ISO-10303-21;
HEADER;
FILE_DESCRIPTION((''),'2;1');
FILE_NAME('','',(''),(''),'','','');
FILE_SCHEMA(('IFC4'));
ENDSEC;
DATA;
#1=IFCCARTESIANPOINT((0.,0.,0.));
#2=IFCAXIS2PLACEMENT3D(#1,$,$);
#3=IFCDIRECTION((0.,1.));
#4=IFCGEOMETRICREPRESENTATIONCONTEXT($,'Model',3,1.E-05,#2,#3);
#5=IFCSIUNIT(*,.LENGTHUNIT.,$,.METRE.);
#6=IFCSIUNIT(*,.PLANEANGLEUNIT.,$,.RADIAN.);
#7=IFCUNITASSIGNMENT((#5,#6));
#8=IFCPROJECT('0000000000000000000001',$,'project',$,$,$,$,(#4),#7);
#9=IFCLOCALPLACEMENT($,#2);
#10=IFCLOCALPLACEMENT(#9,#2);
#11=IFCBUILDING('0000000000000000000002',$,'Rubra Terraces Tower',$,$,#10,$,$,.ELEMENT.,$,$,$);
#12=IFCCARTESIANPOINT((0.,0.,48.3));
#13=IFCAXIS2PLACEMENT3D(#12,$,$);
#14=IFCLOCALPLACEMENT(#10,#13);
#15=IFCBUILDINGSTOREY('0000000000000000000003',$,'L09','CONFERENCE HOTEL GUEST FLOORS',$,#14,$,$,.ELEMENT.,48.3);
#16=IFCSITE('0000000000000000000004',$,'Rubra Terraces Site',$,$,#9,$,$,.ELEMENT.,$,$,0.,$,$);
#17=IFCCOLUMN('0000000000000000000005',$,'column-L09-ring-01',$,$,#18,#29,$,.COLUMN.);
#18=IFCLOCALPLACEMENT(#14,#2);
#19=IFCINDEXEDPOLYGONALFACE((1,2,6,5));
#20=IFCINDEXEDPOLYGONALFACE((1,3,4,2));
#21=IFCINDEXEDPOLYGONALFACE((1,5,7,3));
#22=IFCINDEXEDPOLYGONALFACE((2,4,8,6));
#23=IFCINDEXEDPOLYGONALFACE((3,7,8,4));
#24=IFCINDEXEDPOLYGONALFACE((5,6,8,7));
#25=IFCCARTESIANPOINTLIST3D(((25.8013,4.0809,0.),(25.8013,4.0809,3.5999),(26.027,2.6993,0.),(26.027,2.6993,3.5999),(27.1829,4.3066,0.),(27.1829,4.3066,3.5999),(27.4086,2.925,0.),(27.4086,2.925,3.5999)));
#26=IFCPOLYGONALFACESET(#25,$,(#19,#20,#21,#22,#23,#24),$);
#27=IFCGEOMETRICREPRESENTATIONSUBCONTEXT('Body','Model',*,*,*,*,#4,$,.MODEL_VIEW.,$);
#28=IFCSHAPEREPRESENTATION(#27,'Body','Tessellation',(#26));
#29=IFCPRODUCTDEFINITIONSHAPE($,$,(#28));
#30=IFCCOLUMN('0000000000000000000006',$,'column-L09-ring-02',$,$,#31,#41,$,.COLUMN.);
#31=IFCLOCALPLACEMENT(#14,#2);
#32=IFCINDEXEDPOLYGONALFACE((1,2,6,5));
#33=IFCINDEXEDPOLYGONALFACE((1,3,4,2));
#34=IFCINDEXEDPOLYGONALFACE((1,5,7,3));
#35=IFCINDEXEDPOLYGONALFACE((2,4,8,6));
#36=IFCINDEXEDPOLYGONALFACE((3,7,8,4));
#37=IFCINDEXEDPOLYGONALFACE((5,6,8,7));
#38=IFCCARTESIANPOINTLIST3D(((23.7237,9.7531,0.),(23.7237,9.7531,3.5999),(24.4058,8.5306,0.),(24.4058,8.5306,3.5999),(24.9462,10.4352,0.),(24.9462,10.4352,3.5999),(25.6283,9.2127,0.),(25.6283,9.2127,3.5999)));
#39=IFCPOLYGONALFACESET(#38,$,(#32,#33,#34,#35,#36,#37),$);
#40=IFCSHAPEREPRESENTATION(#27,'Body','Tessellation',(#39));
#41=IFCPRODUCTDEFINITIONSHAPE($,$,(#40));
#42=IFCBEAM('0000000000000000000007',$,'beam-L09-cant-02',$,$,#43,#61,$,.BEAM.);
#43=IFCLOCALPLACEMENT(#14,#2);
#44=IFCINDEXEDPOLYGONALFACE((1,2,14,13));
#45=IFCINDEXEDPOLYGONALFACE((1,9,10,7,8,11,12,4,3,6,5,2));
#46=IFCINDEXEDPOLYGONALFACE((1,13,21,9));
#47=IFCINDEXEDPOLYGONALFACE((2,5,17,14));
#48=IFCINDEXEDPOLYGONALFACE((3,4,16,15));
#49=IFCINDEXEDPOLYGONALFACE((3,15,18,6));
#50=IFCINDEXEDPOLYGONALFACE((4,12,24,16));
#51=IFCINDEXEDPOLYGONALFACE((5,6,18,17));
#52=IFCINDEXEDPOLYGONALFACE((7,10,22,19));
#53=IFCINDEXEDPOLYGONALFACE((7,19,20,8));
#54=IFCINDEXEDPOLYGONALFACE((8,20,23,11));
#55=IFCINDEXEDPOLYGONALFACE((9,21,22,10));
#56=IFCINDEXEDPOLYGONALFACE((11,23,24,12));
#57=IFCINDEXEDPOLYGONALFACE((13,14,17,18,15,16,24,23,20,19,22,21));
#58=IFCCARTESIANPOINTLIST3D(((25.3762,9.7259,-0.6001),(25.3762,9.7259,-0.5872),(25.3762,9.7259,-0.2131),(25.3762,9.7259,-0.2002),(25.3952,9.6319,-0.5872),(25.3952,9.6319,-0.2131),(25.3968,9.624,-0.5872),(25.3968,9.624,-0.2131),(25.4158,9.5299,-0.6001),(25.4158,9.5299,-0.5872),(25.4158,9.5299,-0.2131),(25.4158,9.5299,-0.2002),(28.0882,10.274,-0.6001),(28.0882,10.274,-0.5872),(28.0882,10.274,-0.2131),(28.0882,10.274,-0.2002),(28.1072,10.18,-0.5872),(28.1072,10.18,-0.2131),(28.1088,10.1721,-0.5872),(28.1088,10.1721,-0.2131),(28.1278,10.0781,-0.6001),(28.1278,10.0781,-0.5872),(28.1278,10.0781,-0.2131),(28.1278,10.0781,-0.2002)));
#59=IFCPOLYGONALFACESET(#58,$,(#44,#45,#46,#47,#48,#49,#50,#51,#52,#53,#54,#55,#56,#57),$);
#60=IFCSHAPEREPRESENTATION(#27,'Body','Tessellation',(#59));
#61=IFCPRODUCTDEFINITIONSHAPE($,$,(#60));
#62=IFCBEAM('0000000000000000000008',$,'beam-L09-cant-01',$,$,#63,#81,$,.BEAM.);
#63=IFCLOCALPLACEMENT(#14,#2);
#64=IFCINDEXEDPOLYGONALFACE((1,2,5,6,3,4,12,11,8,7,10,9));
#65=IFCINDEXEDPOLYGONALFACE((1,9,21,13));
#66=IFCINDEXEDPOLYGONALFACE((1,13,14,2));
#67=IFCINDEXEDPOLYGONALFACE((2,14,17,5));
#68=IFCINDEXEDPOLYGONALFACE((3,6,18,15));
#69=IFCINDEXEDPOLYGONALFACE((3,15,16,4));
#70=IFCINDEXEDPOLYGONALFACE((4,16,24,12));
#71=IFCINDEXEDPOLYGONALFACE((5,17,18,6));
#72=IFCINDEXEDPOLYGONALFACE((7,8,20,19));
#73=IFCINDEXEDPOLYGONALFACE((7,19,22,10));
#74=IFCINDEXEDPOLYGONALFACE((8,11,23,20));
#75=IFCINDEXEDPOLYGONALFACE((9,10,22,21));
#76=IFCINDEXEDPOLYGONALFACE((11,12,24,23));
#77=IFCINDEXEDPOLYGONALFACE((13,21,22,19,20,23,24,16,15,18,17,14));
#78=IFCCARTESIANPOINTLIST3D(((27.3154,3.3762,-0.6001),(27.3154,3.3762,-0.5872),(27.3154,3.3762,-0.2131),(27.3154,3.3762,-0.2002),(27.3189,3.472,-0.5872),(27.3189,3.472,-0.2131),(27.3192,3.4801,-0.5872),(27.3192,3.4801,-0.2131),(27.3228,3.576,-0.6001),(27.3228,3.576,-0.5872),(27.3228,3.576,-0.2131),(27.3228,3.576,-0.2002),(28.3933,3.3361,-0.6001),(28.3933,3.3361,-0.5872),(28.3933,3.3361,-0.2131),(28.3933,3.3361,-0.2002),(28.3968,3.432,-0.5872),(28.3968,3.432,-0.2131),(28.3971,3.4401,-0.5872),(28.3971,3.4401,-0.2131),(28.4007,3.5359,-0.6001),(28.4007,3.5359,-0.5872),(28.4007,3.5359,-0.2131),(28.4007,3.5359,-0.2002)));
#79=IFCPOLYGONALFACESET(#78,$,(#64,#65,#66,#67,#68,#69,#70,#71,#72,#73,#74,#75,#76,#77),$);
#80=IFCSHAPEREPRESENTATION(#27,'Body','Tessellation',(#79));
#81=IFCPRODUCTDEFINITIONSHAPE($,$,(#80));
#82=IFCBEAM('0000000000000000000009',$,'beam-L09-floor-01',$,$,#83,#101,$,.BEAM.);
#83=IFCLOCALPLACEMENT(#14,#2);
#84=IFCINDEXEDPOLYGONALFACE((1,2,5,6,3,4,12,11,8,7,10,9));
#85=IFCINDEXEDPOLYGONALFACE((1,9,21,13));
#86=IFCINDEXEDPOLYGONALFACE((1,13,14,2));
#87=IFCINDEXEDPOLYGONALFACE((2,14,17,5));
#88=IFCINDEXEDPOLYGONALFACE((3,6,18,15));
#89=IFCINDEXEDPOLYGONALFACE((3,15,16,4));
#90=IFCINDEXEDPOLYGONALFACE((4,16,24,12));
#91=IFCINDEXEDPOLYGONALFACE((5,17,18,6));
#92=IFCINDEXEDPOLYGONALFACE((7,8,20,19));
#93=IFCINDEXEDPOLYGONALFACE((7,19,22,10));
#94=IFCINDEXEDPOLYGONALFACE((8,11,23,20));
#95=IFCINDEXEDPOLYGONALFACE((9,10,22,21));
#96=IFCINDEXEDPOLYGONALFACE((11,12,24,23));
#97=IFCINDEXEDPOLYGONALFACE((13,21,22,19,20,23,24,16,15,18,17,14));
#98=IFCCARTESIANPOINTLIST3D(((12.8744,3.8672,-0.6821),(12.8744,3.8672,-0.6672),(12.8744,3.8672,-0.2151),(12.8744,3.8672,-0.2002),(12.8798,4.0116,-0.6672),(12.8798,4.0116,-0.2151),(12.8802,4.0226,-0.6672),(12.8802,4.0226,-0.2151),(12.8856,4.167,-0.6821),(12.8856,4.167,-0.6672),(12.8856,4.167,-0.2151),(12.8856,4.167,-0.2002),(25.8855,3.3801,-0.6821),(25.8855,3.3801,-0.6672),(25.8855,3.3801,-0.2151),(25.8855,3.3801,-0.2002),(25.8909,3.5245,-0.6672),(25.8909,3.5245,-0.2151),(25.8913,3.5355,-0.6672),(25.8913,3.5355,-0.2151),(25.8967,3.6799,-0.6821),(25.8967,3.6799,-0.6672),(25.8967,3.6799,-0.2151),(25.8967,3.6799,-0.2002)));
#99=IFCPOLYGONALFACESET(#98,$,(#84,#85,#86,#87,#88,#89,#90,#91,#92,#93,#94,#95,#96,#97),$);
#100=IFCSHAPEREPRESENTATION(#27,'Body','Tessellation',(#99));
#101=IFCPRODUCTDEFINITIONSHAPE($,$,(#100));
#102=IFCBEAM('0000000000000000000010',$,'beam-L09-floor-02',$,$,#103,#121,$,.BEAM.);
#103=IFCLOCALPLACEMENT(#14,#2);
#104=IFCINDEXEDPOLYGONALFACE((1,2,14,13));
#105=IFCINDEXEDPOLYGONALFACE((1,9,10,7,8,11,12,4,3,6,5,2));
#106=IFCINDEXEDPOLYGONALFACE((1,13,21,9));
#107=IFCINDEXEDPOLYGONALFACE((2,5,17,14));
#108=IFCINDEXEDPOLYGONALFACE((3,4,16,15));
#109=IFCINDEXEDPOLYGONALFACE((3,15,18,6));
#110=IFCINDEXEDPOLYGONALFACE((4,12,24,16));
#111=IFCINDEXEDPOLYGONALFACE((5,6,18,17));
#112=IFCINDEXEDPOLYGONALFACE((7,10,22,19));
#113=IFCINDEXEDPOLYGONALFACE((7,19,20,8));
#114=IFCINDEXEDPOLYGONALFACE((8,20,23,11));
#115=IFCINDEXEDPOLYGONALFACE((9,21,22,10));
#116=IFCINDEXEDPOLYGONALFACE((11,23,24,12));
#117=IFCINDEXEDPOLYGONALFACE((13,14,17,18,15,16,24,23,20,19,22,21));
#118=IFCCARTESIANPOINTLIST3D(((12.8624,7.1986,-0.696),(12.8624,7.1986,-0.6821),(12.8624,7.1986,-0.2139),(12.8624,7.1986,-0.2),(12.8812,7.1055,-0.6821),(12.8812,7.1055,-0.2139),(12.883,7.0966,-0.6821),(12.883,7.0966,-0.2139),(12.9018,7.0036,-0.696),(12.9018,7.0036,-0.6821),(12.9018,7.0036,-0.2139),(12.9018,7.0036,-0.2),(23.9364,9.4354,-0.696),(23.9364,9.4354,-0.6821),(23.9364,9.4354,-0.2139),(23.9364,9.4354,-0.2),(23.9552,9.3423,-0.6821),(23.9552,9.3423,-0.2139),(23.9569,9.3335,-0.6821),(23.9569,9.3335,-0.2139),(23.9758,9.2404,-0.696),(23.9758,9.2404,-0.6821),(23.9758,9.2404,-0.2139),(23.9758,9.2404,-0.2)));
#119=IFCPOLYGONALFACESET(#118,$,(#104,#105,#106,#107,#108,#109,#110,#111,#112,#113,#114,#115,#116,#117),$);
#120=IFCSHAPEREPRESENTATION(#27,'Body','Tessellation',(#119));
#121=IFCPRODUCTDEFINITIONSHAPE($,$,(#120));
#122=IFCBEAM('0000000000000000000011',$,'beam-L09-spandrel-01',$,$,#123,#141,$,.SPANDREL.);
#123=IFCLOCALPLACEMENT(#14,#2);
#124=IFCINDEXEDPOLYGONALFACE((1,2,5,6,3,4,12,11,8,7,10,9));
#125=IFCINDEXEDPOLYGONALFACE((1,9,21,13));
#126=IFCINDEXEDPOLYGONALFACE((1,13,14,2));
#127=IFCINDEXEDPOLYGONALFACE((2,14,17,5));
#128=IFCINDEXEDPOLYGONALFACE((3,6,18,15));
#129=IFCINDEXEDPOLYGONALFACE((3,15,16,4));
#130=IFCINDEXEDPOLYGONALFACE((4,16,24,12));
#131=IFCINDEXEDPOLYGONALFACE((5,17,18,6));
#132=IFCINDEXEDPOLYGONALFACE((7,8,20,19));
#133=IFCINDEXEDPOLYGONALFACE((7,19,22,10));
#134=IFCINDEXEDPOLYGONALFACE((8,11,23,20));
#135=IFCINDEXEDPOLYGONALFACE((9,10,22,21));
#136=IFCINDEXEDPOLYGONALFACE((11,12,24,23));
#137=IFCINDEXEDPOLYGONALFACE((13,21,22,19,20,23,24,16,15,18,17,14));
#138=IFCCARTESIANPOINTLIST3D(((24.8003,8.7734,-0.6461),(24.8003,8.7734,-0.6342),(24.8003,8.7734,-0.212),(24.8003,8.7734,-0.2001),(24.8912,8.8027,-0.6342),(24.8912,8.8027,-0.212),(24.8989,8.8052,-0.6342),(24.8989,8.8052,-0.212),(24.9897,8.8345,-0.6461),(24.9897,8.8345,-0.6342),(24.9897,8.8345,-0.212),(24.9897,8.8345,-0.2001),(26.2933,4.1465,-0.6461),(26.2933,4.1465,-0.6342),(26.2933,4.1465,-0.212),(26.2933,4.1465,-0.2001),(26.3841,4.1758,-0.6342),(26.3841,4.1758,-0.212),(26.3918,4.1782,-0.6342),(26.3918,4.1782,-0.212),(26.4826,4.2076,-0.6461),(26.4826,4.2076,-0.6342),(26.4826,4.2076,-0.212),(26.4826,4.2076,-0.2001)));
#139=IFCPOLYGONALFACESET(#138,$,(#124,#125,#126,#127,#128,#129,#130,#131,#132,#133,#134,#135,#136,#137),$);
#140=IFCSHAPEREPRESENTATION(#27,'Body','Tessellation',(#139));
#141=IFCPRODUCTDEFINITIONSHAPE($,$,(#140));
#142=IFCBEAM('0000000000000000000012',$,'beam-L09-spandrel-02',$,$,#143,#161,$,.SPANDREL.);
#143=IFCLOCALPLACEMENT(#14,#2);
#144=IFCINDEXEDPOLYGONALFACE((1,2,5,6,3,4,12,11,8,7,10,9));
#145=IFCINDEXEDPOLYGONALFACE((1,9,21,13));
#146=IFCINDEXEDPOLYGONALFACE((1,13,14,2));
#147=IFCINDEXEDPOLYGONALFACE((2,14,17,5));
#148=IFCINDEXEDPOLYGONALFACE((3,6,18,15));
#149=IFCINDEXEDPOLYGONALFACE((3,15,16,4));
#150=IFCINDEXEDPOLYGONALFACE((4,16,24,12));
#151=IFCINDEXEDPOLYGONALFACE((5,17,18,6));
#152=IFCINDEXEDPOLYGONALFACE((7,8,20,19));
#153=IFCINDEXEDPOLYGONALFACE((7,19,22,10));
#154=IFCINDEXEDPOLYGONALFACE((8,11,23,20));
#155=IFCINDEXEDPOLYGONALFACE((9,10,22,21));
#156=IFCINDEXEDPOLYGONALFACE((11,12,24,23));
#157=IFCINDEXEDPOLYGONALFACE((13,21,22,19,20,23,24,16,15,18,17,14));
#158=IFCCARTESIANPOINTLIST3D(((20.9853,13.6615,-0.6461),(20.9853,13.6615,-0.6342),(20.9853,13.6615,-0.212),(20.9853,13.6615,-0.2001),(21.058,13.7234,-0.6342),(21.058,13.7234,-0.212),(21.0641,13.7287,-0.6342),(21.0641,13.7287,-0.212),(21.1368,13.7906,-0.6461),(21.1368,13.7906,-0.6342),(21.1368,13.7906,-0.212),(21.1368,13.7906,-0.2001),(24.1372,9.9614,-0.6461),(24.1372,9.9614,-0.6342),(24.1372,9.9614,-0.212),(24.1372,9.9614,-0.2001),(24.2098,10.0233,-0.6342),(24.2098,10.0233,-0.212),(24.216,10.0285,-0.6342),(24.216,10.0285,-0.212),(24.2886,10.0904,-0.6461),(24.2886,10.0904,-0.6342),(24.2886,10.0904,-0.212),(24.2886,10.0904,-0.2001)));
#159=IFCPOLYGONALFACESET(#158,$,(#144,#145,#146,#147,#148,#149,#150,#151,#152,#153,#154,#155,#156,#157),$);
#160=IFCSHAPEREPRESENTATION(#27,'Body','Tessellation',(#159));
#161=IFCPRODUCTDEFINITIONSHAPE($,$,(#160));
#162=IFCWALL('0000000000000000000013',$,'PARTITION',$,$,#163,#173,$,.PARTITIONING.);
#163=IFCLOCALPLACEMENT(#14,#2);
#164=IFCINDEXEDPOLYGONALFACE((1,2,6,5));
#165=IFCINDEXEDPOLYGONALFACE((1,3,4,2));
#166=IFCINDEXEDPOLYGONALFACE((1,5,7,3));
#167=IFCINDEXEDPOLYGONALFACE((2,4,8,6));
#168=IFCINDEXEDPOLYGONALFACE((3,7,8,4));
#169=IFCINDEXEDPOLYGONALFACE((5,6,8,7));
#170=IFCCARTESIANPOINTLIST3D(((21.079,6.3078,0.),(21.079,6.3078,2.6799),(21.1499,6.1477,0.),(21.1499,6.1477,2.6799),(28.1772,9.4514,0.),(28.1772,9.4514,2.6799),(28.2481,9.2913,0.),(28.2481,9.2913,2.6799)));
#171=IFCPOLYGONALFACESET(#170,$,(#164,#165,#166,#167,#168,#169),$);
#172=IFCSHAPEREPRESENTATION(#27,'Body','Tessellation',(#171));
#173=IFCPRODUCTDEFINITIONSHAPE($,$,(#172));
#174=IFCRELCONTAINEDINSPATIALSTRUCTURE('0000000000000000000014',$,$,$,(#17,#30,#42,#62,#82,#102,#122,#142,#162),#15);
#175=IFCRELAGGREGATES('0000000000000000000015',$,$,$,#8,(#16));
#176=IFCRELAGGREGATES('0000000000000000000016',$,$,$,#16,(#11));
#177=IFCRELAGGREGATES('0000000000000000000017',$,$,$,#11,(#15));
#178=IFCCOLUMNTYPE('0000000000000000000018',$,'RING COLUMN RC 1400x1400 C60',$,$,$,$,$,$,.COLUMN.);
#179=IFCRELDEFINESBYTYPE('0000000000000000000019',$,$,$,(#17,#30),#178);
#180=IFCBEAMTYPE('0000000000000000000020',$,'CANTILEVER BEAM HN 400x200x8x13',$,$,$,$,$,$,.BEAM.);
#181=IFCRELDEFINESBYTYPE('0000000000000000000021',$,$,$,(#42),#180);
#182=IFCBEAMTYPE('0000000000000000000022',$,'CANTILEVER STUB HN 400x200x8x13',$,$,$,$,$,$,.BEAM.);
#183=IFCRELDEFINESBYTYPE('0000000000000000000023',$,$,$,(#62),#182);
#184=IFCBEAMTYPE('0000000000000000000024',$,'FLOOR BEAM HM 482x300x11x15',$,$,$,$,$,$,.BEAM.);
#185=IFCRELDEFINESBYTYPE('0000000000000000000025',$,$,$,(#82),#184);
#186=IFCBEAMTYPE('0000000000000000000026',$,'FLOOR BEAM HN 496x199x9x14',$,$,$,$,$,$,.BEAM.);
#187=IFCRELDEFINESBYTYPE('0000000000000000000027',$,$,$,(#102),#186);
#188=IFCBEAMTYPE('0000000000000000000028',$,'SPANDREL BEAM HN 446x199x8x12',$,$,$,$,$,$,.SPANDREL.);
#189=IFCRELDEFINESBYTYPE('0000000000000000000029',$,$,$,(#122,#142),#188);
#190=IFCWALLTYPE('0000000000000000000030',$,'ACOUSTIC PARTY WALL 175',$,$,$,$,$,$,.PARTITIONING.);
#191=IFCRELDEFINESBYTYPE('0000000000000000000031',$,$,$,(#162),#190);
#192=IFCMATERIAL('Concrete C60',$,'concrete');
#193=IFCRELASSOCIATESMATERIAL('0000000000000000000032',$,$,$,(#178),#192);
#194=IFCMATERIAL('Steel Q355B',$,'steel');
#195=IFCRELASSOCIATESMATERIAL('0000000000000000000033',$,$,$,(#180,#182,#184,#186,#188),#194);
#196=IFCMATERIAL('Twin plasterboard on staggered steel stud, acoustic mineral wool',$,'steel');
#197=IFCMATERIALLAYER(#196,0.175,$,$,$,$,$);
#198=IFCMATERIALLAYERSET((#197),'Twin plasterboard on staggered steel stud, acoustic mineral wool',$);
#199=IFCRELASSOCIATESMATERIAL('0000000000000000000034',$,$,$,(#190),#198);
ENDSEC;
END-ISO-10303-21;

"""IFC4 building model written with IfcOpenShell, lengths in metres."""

from ifc_helpers import new_model, si_unit, direction, frame, frame_2d, origin, origin_2d, place, context, subcontext, project, spatial, rectangle, i_section, extrude, material, layer, layer_set, material_profile, profile_set, type_object, element, save


model = new_model("IFC4")

# Units and contexts
model_context = context("Model", 3, precision=1e-05, world=origin(), true_north=direction((0.0, 1.0)))
body_context = subcontext(model_context, "Body", "Model", "MODEL_VIEW")
ifc_project = project(units=[si_unit("LENGTHUNIT", "METRE"), si_unit("PLANEANGLEUNIT", "RADIAN")], contexts=[model_context])

# Site, building, storey
site_placement = place(None, origin())
site = spatial("IfcSite", under=ifc_project, at=site_placement, Name="Rubra Terraces Site", CompositionType="ELEMENT", RefElevation=0.0)
building_placement = place(site_placement, origin())
building = spatial("IfcBuilding", under=site, at=building_placement, Name="Rubra Terraces Tower", CompositionType="ELEMENT")
storey_placement = place(building_placement, frame((0.0, 0.0, 48.3)))
storey = spatial("IfcBuildingStorey", under=building, at=storey_placement, Name="L09", Description="CONFERENCE HOTEL GUEST FLOORS", CompositionType="ELEMENT", Elevation=48.3)

# Columns
ifc_material_1 = material(Name="Concrete C60", Category="concrete")
ifc_material_profile_1 = material_profile(ifc_material_1, rectangle(XDim=1.3999, YDim=1.3999, at=origin_2d()), Name="RC 1400x1400")
ifc_profile_set_1 = profile_set([ifc_material_profile_1], Name="Concrete C60")
column_type = type_object("IfcColumnType", Name="RING COLUMN RC 1400x1400 C60", PredefinedType="COLUMN", material=ifc_profile_set_1)
for number, where, z_axis, x_axis, name in (
    (1, (26.605, 3.5029, 0.0), (0.0, 0.0, 1.0), (-0.161234, 0.986916, 0.0), "column-L09-ring-01"),
    (2, (24.676, 9.4829, 0.0), (0.0, 0.0, 1.0), (-0.487227, 0.873276, 0.0), "column-L09-ring-02"),
):
    element("IfcColumn", number, at=place(storey_placement, frame(where, z_axis=z_axis, x_axis=x_axis)), inside=storey, type_object=column_type, Name=name, PredefinedType="COLUMN", context=body_context, shape_type="SweptSolid", body=[
        extrude(rectangle(XDim=1.3999, YDim=1.3999, at=origin_2d()), origin(), (0.0, 0.0, 1.0), 3.5999),
    ])

# Beams
ifc_material_2 = material(Name="Steel Q355B", Category="steel")
ifc_material_profile_2 = material_profile(ifc_material_2, i_section(OverallWidth=0.2, OverallDepth=0.3999, WebThickness=0.0081, FlangeThickness=0.0129, at=origin_2d()), Name="HN 400x200x8x13")
ifc_profile_set_2 = profile_set([ifc_material_profile_2], Name="Steel Q355B")
beam_type_1 = type_object("IfcBeamType", Name="CANTILEVER BEAM HN 400x200x8x13", PredefinedType="BEAM", material=ifc_profile_set_2)
beam_1_placement = place(storey_placement, frame((25.396, 9.6279, -0.4001), z_axis=(0.980182, 0.198101, 0.0), x_axis=(-0.198101, 0.980182, 0.0)))
element("IfcBeam", 3, at=beam_1_placement, inside=storey, type_object=beam_type_1, Name="beam-L09-cant-02", PredefinedType="BEAM", context=body_context, shape_type="SweptSolid", body=[
    extrude(i_section(OverallWidth=0.2, OverallDepth=0.3999, WebThickness=0.0081, FlangeThickness=0.0129, at=origin_2d()), origin(), (0.0, 0.0, 1.0), 2.7668),
])
ifc_material_profile_3 = material_profile(ifc_material_2, i_section(OverallWidth=0.2, OverallDepth=0.3999, WebThickness=0.0081, FlangeThickness=0.0129, at=origin_2d()), Name="HN 400x200x8x13")
ifc_profile_set_3 = profile_set([ifc_material_profile_3], Name="Steel Q355B")
beam_type_2 = type_object("IfcBeamType", Name="CANTILEVER STUB HN 400x200x8x13", PredefinedType="BEAM", material=ifc_profile_set_3)
beam_2_placement = place(storey_placement, frame((27.3191, 3.4761, -0.4001), z_axis=(0.999311, -0.03712, 0.0), x_axis=(0.03712, 0.999311, 0.0)))
element("IfcBeam", 4, at=beam_2_placement, inside=storey, type_object=beam_type_2, Name="beam-L09-cant-01", PredefinedType="BEAM", context=body_context, shape_type="SweptSolid", body=[
    extrude(i_section(OverallWidth=0.2, OverallDepth=0.3999, WebThickness=0.0081, FlangeThickness=0.0129, at=origin_2d()), origin(), (0.0, 0.0, 1.0), 1.0786),
])
ifc_material_profile_4 = material_profile(ifc_material_2, i_section(OverallWidth=0.3, OverallDepth=0.4819, WebThickness=0.011, FlangeThickness=0.0149, at=origin_2d()), Name="HM 482x300x11x15")
ifc_profile_set_4 = profile_set([ifc_material_profile_4], Name="Steel Q355B")
beam_type_3 = type_object("IfcBeamType", Name="FLOOR BEAM HM 482x300x11x15", PredefinedType="BEAM", material=ifc_profile_set_4)
beam_3_placement = place(storey_placement, frame((25.8911, 3.53, -0.4412), z_axis=(-0.9993, 0.037408, 0.0), x_axis=(-0.037408, -0.9993, 0.0)))
element("IfcBeam", 5, at=beam_3_placement, inside=storey, type_object=beam_type_3, Name="beam-L09-floor-01", PredefinedType="BEAM", context=body_context, shape_type="SweptSolid", body=[
    extrude(i_section(OverallWidth=0.3, OverallDepth=0.4819, WebThickness=0.011, FlangeThickness=0.0149, at=origin_2d()), origin(), (0.0, 0.0, 1.0), 13.0203),
])
ifc_material_profile_5 = material_profile(ifc_material_2, i_section(OverallWidth=0.199, OverallDepth=0.4961, WebThickness=0.009, FlangeThickness=0.0139, at=origin_2d()), Name="HN 496x199x9x14")
ifc_profile_set_5 = profile_set([ifc_material_profile_5], Name="Steel Q355B")
beam_type_4 = type_object("IfcBeamType", Name="FLOOR BEAM HN 496x199x9x14", PredefinedType="BEAM", material=ifc_profile_set_5)
beam_4_placement = place(storey_placement, frame((23.9561, 9.3379, -0.448), z_axis=(-0.980204, -0.19799, 0.0), x_axis=(0.19799, -0.980204, 0.0)))
element("IfcBeam", 6, at=beam_4_placement, inside=storey, type_object=beam_type_4, Name="beam-L09-floor-02", PredefinedType="BEAM", context=body_context, shape_type="SweptSolid", body=[
    extrude(i_section(OverallWidth=0.199, OverallDepth=0.4961, WebThickness=0.009, FlangeThickness=0.0139, at=origin_2d()), origin(), (0.0, 0.0, 1.0), 11.2976),
])
ifc_material_profile_6 = material_profile(ifc_material_2, i_section(OverallWidth=0.199, OverallDepth=0.446, WebThickness=0.0081, FlangeThickness=0.012, at=origin_2d()), Name="HN 446x199x8x12")
ifc_profile_set_6 = profile_set([ifc_material_profile_6], Name="Steel Q355B")
beam_type_5 = type_object("IfcBeamType", Name="SPANDREL BEAM HN 446x199x8x12", PredefinedType="SPANDREL", material=ifc_profile_set_6)
beam_5_placement = place(storey_placement, frame((26.3879, 4.177, -0.4231), z_axis=(-0.307069, 0.951687, 0.0), x_axis=(-0.951687, -0.307069, 0.0)))
element("IfcBeam", 7, at=beam_5_placement, inside=storey, type_object=beam_type_5, Name="beam-L09-spandrel-01", PredefinedType="SPANDREL", context=body_context, shape_type="SweptSolid", body=[
    extrude(i_section(OverallWidth=0.199, OverallDepth=0.446, WebThickness=0.0081, FlangeThickness=0.012, at=origin_2d()), origin(), (0.0, 0.0, 1.0), 4.8618),
])
beam_6_placement = place(storey_placement, frame((24.2129, 10.0259, -0.4231), z_axis=(-0.648447, 0.76126, 0.0), x_axis=(-0.76126, -0.648447, 0.0)))
element("IfcBeam", 8, at=beam_6_placement, inside=storey, type_object=beam_type_5, Name="beam-L09-spandrel-02", PredefinedType="SPANDREL", context=body_context, shape_type="SweptSolid", body=[
    extrude(i_section(OverallWidth=0.199, OverallDepth=0.446, WebThickness=0.0081, FlangeThickness=0.012, at=origin_2d()), origin(), (0.0, 0.0, 1.0), 4.8606),
])

# Wall
ifc_material_3 = material(Name="Twin plasterboard on staggered steel stud, acoustic mineral wool", Category="steel")
ifc_layer_1 = layer(ifc_material_3, 0.175)
ifc_layer_set_1 = layer_set([ifc_layer_1], Name="Twin plasterboard on staggered steel stud, acoustic mineral wool")
wall_type_1 = type_object("IfcWallType", Name="ACOUSTIC PARTY WALL 175", PredefinedType="PARTITIONING", material=ifc_layer_set_1)
wall_1_placement = place(storey_placement, frame((28.2126, 9.3713, 0.0), z_axis=(0.0, 0.0, 1.0), x_axis=(-0.914345, -0.404936, 0.0)))
element("IfcWall", 9, at=wall_1_placement, inside=storey, type_object=wall_type_1, Name="PARTITION", PredefinedType="PARTITIONING", context=body_context, shape_type="SweptSolid", body=[
    extrude(rectangle(XDim=7.7632, YDim=0.175, at=frame_2d((3.8816, 0.0))), origin(), (0.0, 0.0, 1.0), 2.6799),
])

save(model, "model.ifc")
